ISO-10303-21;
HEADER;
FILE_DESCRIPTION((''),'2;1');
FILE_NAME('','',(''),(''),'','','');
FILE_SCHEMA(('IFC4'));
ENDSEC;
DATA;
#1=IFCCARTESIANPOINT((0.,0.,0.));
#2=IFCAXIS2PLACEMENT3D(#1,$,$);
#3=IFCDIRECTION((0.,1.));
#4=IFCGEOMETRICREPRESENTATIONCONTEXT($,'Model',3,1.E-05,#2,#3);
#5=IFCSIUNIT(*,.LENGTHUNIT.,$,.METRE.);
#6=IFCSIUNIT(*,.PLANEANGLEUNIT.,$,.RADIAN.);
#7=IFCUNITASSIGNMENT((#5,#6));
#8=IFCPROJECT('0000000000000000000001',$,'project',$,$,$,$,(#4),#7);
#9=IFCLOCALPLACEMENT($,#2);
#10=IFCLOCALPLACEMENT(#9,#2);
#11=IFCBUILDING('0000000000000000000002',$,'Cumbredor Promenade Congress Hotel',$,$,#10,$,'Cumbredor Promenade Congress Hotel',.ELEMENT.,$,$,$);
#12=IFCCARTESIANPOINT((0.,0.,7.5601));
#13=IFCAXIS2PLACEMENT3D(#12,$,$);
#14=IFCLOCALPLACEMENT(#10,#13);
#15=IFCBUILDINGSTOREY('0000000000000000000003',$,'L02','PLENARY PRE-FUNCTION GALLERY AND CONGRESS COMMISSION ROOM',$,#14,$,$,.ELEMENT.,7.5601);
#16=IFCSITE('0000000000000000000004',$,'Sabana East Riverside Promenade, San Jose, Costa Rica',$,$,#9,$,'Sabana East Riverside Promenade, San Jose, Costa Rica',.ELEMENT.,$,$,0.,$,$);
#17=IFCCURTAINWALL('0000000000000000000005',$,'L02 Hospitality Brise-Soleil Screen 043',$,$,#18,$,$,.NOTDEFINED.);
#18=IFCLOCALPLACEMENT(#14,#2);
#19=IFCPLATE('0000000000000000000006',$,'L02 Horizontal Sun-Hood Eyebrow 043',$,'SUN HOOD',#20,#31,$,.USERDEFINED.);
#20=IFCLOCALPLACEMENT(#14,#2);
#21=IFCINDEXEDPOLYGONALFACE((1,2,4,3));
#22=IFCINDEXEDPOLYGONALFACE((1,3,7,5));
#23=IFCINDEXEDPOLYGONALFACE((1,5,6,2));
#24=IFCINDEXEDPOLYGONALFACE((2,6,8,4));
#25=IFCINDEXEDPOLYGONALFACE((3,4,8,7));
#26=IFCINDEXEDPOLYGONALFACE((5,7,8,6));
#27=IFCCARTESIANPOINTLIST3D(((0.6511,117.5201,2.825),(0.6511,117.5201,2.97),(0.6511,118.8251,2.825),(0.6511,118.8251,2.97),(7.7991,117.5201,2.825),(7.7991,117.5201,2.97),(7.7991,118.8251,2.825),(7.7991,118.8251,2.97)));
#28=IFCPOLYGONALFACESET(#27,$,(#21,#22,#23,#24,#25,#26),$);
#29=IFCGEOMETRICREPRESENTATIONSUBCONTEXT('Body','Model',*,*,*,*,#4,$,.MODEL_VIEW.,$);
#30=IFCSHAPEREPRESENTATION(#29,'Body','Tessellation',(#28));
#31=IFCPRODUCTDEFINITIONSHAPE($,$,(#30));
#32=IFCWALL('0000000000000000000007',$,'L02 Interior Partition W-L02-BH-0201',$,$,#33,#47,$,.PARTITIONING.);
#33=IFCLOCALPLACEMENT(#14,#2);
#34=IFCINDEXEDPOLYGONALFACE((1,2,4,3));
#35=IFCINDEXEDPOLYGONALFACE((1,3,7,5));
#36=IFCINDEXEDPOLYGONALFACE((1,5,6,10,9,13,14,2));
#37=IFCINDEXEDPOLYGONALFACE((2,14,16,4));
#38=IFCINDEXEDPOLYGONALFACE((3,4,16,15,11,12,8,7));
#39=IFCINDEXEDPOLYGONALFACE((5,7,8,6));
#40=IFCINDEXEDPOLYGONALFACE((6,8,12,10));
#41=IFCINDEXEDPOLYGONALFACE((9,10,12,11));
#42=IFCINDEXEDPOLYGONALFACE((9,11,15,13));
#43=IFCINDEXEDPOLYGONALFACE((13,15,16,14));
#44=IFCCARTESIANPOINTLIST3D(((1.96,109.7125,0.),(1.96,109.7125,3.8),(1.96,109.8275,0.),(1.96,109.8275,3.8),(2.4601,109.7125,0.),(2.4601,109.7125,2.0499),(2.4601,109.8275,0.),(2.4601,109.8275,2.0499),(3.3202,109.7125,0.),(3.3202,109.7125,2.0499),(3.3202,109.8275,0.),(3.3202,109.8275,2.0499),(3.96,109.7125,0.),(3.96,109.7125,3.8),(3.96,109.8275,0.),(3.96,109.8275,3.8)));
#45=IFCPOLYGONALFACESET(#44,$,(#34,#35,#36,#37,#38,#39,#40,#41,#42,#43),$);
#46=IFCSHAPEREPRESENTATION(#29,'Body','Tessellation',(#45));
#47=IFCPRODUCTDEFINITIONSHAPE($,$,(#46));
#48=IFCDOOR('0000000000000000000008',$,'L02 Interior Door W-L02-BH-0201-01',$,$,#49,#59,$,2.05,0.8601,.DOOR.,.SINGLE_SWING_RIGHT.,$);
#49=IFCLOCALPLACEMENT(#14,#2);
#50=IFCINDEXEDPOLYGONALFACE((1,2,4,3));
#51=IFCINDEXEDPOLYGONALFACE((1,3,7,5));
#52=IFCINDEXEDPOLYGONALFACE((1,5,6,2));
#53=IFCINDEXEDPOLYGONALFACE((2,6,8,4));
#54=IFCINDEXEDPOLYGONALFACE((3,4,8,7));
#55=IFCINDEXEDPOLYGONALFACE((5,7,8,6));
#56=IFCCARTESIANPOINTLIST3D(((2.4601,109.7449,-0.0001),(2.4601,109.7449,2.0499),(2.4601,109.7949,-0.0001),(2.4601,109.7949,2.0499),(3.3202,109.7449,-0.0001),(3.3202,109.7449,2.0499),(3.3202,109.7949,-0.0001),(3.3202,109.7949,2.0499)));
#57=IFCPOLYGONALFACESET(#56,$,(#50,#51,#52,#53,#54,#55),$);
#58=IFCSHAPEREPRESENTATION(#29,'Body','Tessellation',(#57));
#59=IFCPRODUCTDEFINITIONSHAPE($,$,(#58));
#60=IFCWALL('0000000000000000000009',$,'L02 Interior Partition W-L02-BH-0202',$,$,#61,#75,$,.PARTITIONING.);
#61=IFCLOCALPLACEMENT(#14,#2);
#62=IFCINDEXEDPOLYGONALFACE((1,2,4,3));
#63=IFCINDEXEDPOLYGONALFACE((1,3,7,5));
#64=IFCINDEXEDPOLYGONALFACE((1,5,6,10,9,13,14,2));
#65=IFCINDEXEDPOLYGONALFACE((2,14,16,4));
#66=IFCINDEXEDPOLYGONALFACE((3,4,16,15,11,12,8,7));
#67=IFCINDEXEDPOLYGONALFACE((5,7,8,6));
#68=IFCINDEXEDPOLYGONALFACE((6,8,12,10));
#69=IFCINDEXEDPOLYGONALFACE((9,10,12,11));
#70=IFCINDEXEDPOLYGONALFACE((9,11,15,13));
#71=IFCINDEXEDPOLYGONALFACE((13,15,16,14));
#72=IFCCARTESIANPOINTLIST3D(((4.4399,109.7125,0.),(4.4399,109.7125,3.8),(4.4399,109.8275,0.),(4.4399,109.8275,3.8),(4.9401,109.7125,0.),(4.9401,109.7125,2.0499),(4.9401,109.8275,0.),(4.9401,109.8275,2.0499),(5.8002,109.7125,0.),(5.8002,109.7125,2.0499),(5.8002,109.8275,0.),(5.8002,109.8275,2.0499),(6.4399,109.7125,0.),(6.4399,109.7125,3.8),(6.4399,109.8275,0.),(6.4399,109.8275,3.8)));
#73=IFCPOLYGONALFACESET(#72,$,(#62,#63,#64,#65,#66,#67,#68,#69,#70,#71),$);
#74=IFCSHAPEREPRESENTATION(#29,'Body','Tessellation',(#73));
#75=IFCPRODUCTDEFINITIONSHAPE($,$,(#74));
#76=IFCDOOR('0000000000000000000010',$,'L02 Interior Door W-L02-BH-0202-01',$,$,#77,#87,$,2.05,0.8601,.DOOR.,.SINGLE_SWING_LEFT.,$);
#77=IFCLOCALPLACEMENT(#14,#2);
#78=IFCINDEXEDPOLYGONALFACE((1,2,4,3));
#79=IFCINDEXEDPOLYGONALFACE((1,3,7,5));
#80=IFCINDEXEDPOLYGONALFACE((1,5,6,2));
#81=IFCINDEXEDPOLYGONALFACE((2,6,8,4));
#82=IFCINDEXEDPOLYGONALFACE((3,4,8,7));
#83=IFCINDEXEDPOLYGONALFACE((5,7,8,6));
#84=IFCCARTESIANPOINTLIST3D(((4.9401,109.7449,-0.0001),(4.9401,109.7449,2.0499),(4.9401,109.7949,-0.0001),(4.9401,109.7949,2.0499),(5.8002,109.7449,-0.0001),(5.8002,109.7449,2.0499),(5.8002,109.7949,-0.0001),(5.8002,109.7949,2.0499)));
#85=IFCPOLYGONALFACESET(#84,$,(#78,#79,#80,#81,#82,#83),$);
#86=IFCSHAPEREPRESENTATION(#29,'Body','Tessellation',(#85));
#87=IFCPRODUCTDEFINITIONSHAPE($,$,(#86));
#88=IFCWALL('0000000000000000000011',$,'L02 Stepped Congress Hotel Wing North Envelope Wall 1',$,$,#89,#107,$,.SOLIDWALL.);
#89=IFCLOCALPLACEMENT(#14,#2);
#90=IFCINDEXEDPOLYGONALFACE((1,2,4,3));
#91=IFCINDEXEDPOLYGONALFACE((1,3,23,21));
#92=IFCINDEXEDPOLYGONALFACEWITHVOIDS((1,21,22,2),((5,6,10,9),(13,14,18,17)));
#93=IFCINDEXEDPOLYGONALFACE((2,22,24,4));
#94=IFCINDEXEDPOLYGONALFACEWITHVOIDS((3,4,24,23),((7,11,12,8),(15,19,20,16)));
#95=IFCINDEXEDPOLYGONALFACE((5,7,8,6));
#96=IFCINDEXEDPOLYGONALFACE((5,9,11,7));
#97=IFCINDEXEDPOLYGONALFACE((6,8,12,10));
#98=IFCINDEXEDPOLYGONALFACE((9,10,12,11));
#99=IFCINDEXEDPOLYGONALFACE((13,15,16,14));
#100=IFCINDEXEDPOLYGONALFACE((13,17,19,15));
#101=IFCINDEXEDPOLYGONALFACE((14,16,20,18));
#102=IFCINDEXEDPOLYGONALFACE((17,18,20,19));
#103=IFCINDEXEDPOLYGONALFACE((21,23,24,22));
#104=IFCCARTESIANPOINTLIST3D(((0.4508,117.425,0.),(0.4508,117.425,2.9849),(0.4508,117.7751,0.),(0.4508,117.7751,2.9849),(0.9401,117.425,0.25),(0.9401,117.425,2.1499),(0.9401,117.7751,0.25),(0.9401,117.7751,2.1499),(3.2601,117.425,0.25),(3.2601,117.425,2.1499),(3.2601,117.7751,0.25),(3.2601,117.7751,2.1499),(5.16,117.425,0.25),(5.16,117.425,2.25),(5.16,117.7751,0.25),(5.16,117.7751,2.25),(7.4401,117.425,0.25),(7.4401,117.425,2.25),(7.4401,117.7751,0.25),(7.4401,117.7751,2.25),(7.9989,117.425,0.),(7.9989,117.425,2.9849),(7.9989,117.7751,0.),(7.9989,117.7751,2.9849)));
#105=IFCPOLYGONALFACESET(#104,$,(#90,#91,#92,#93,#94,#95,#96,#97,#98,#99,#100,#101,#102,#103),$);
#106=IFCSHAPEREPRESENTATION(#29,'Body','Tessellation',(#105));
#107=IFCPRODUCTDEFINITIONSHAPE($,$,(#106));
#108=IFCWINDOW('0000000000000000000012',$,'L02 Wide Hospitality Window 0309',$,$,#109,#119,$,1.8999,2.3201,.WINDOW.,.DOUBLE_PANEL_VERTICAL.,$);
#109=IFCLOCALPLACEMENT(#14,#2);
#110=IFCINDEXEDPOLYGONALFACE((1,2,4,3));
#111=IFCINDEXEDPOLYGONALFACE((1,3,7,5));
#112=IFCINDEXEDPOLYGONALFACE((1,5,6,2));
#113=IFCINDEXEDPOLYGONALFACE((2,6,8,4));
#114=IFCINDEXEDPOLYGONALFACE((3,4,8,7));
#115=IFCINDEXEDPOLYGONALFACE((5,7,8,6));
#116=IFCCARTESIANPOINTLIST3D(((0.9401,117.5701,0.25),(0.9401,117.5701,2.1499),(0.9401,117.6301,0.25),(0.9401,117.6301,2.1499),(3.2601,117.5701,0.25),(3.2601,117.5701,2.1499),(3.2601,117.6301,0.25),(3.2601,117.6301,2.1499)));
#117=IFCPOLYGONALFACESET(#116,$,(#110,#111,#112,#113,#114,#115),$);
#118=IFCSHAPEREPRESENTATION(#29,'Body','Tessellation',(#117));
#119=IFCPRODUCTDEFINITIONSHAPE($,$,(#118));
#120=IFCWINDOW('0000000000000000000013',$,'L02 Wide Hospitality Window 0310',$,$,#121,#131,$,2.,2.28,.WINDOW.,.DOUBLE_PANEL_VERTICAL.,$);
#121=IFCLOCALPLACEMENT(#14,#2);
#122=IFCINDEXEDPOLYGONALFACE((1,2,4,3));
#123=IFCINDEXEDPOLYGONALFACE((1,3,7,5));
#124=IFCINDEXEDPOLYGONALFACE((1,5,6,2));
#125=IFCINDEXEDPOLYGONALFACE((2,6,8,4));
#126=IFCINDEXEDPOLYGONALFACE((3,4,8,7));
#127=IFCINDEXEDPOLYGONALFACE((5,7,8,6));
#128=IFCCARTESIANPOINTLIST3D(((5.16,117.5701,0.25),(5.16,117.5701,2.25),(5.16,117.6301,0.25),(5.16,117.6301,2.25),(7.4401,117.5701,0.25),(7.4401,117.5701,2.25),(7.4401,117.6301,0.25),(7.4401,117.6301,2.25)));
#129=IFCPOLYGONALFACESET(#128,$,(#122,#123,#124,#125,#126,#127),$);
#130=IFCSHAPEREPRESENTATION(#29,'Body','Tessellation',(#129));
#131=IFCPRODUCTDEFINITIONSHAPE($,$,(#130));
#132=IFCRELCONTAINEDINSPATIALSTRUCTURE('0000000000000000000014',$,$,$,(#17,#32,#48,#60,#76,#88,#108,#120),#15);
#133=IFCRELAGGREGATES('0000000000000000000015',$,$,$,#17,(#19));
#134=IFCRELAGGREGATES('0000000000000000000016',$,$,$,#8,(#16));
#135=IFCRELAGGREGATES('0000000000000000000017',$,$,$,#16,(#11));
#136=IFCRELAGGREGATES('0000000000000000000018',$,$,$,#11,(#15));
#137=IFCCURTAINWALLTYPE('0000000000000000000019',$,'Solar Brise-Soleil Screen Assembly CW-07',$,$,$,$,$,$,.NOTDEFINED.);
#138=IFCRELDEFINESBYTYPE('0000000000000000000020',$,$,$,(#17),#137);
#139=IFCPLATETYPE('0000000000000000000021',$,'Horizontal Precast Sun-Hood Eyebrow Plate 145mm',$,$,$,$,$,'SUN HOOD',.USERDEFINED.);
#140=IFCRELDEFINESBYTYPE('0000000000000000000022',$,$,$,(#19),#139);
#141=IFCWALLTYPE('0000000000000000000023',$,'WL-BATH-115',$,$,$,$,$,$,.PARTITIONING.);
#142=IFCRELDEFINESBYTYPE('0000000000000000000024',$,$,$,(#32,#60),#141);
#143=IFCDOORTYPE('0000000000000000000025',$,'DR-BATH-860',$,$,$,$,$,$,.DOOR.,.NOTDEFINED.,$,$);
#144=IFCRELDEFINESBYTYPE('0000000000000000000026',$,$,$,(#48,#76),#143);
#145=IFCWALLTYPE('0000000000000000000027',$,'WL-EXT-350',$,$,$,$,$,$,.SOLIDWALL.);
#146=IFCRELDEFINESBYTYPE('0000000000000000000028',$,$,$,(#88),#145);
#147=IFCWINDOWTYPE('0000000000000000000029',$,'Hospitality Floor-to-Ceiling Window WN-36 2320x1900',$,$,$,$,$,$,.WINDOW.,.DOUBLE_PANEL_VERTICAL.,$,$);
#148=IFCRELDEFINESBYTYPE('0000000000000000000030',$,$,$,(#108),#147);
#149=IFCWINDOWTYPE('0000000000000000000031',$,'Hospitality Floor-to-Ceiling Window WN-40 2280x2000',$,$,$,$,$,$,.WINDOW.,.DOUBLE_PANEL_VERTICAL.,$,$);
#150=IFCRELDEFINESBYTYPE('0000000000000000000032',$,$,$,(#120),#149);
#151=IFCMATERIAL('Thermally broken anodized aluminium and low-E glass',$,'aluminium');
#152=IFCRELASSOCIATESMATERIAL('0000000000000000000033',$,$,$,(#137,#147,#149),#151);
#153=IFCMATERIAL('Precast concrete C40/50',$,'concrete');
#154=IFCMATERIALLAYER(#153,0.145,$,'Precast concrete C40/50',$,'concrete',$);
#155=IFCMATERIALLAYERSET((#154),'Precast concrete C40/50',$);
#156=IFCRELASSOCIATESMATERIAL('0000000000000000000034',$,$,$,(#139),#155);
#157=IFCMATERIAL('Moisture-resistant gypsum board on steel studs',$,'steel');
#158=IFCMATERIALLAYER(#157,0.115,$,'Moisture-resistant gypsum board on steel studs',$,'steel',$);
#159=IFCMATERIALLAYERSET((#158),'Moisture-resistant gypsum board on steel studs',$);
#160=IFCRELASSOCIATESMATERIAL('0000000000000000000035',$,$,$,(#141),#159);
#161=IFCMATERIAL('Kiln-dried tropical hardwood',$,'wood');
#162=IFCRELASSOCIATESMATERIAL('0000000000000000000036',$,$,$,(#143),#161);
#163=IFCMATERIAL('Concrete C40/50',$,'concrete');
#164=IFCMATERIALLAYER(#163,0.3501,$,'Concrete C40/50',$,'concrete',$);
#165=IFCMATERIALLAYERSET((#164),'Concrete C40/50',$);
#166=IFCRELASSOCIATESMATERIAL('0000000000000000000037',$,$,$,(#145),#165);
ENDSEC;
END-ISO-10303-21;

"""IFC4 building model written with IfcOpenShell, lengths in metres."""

from ifc_helpers import new_model, si_unit, direction, frame, frame_2d, origin, origin_2d, place, context, subcontext, project, spatial, rectangle, extrude, material, layer, layer_set, type_object, element, fill, aggregate, save


model = new_model("IFC4")

# Units and contexts
model_context = context("Model", 3, precision=1e-05, world=origin(), true_north=direction((0.0, 1.0)))
body_context = subcontext(model_context, "Body", "Model", "MODEL_VIEW")
ifc_project = project(units=[si_unit("LENGTHUNIT", "METRE"), si_unit("PLANEANGLEUNIT", "RADIAN")], contexts=[model_context])

# Site, building, storey
site_placement = place(None, origin())
site = spatial("IfcSite", under=ifc_project, at=site_placement, Name="Sabana East Riverside Promenade, San Jose, Costa Rica", LongName="Sabana East Riverside Promenade, San Jose, Costa Rica", CompositionType="ELEMENT", RefElevation=0.0)
building_placement = place(site_placement, origin())
building = spatial("IfcBuilding", under=site, at=building_placement, Name="Cumbredor Promenade Congress Hotel", LongName="Cumbredor Promenade Congress Hotel", CompositionType="ELEMENT")
storey_placement = place(building_placement, frame((0.0, 0.0, 7.5601)))
storey = spatial("IfcBuildingStorey", under=building, at=storey_placement, Name="L02", Description="PLENARY PRE-FUNCTION GALLERY AND CONGRESS COMMISSION ROOM", CompositionType="ELEMENT", Elevation=7.5601)

# Shared definitions
ifc_material_1 = material(Name="Concrete C40/50", Category="concrete")

# Curtain wall
ifc_material_2 = material(Name="Thermally broken anodized aluminium and low-E glass", Category="aluminium")
curtain_wall_type = type_object("IfcCurtainWallType", Name="Solar Brise-Soleil Screen Assembly CW-07", PredefinedType="NOTDEFINED", material=ifc_material_2)
curtain_wall_1_placement = place(storey_placement, origin())
curtain_wall_1 = element("IfcCurtainWall", 1, at=curtain_wall_1_placement, inside=storey, type_object=curtain_wall_type, Name="L02 Hospitality Brise-Soleil Screen 043", PredefinedType="NOTDEFINED")

# Shared definitions
ifc_material_3 = material(Name="Kiln-dried tropical hardwood", Category="wood")

# Plate
ifc_material_4 = material(Name="Precast concrete C40/50", Category="concrete")
ifc_layer_1 = layer(ifc_material_4, 0.145, Name="Precast concrete C40/50", Category="concrete")
ifc_layer_set_1 = layer_set([ifc_layer_1], Name="Precast concrete C40/50")
plate_type = type_object("IfcPlateType", Name="Horizontal Precast Sun-Hood Eyebrow Plate 145mm", ElementType="SUN HOOD", PredefinedType="USERDEFINED", material=ifc_layer_set_1)
plate_placement = place(storey_placement, frame((4.2251, 118.1726, 2.825), z_axis=(0.0, 0.0, 1.0), x_axis=(1.0, 0.0, 0.0)))
plate = element("IfcPlate", 2, at=plate_placement, type_object=plate_type, Name="L02 Horizontal Sun-Hood Eyebrow 043", ObjectType="SUN HOOD", PredefinedType="USERDEFINED", context=body_context, shape_type="SweptSolid", body=[
    extrude(rectangle(XDim=7.1479, YDim=1.3049, at=origin_2d()), origin(), (0.0, 0.0, 1.0), 0.145),
])
aggregate(curtain_wall_1, [plate])

# Walls, openings, doors
ifc_material_5 = material(Name="Moisture-resistant gypsum board on steel studs", Category="steel")
ifc_layer_2 = layer(ifc_material_5, 0.115, Name="Moisture-resistant gypsum board on steel studs", Category="steel")
ifc_layer_set_2 = layer_set([ifc_layer_2], Name="Moisture-resistant gypsum board on steel studs")
wall_type_1 = type_object("IfcWallType", Name="WL-BATH-115", PredefinedType="PARTITIONING", material=ifc_layer_set_2)
wall_1_placement = place(storey_placement, frame((1.96, 109.77, 0.0), z_axis=(0.0, 0.0, 1.0), x_axis=(1.0, 0.0, 0.0)))
wall_1 = element("IfcWall", 3, at=wall_1_placement, inside=storey, type_object=wall_type_1, Name="L02 Interior Partition W-L02-BH-0201", PredefinedType="PARTITIONING", context=body_context, shape_type="SweptSolid", body=[
    extrude(rectangle(XDim=2.0, YDim=0.115, at=frame_2d((1.0, 0.0))), origin(), (0.0, 0.0, 1.0), 3.8),
])
opening_1_placement = place(wall_1_placement, frame((0.5, 0.0, 0.0)))
opening_1 = element("IfcOpeningElement", 4, at=opening_1_placement, cuts=wall_1, PredefinedType="OPENING", context=body_context, shape_type="SweptSolid", body=[
    extrude(rectangle(XDim=0.8601, YDim=2.05, at=frame_2d((0.4302, 1.0249))), frame((0.0, 0.0674, 0.0), z_axis=(0.0, -1.0, 0.0), x_axis=(1.0, 0.0, 0.0)), (0.0, 0.0, 1.0), 0.135),
])
door_type = type_object("IfcDoorType", Name="DR-BATH-860", OperationType="NOTDEFINED", PredefinedType="DOOR", material=ifc_material_3)
door_1_placement = place(opening_1_placement, origin())
door_1 = element("IfcDoor", 5, at=door_1_placement, inside=storey, type_object=door_type, Name="L02 Interior Door W-L02-BH-0201-01", OperationType="SINGLE_SWING_RIGHT", OverallHeight=2.05, OverallWidth=0.8601, PredefinedType="DOOR", context=body_context, shape_type="SweptSolid", body=[
    extrude(rectangle(XDim=0.8601, YDim=2.05, at=frame_2d((0.4302, 1.0249))), frame((0.0, 0.0249, 0.0), z_axis=(0.0, -1.0, 0.0), x_axis=(1.0, 0.0, 0.0)), (0.0, 0.0, 1.0), 0.05),
])
fill(opening_1, door_1)
wall_2_placement = place(storey_placement, frame((4.4399, 109.77, 0.0), z_axis=(0.0, 0.0, 1.0), x_axis=(1.0, 0.0, 0.0)))
wall_2 = element("IfcWall", 6, at=wall_2_placement, inside=storey, type_object=wall_type_1, Name="L02 Interior Partition W-L02-BH-0202", PredefinedType="PARTITIONING", context=body_context, shape_type="SweptSolid", body=[
    extrude(rectangle(XDim=2.0, YDim=0.115, at=frame_2d((1.0, 0.0))), origin(), (0.0, 0.0, 1.0), 3.8),
])
opening_2_placement = place(wall_2_placement, frame((0.5, 0.0, 0.0)))
opening_2 = element("IfcOpeningElement", 7, at=opening_2_placement, cuts=wall_2, PredefinedType="OPENING", context=body_context, shape_type="SweptSolid", body=[
    extrude(rectangle(XDim=0.8601, YDim=2.05, at=frame_2d((0.4302, 1.0249))), frame((0.0, 0.0674, 0.0), z_axis=(0.0, -1.0, 0.0), x_axis=(1.0, 0.0, 0.0)), (0.0, 0.0, 1.0), 0.135),
])
door_2_placement = place(opening_2_placement, origin())
door_2 = element("IfcDoor", 8, at=door_2_placement, inside=storey, type_object=door_type, Name="L02 Interior Door W-L02-BH-0202-01", OperationType="SINGLE_SWING_LEFT", OverallHeight=2.05, OverallWidth=0.8601, PredefinedType="DOOR", context=body_context, shape_type="SweptSolid", body=[
    extrude(rectangle(XDim=0.8601, YDim=2.05, at=frame_2d((0.4302, 1.0249))), frame((0.0, 0.0249, 0.0), z_axis=(0.0, -1.0, 0.0), x_axis=(1.0, 0.0, 0.0)), (0.0, 0.0, 1.0), 0.05),
])
fill(opening_2, door_2)

# Wall, openings, windows
ifc_layer_3 = layer(ifc_material_1, 0.3501, Name="Concrete C40/50", Category="concrete")
ifc_layer_set_3 = layer_set([ifc_layer_3], Name="Concrete C40/50")
wall_type_2 = type_object("IfcWallType", Name="WL-EXT-350", PredefinedType="SOLIDWALL", material=ifc_layer_set_3)
wall_3_placement = place(storey_placement, frame((0.4509, 117.6001, 0.0), z_axis=(0.0, 0.0, 1.0), x_axis=(1.0, 0.0, 0.0)))
wall_3 = element("IfcWall", 9, at=wall_3_placement, inside=storey, type_object=wall_type_2, Name="L02 Stepped Congress Hotel Wing North Envelope Wall 1", PredefinedType="SOLIDWALL", context=body_context, shape_type="SweptSolid", body=[
    extrude(rectangle(XDim=7.5481, YDim=0.3501, at=frame_2d((3.7739, 0.0))), origin(), (0.0, 0.0, 1.0), 2.9849),
])
opening_3_placement = place(wall_3_placement, frame((0.489, 0.0, 0.25)))
opening_3 = element("IfcOpeningElement", 10, at=opening_3_placement, cuts=wall_3, PredefinedType="OPENING", context=body_context, shape_type="SweptSolid", body=[
    extrude(rectangle(XDim=2.3201, YDim=1.8999, at=frame_2d((1.1602, 0.95))), frame((0.0, 0.1851, 0.0), z_axis=(0.0, -1.0, 0.0), x_axis=(1.0, 0.0, 0.0)), (0.0, 0.0, 1.0), 0.3701),
])
opening_4_placement = place(wall_3_placement, frame((4.709, 0.0, 0.25)))
opening_4 = element("IfcOpeningElement", 11, at=opening_4_placement, cuts=wall_3, PredefinedType="OPENING", context=body_context, shape_type="SweptSolid", body=[
    extrude(rectangle(XDim=2.28, YDim=2.0, at=frame_2d((1.1401, 1.0))), frame((0.0, 0.1851, 0.0), z_axis=(0.0, -1.0, 0.0), x_axis=(1.0, 0.0, 0.0)), (0.0, 0.0, 1.0), 0.3701),
])
window_type_1 = type_object("IfcWindowType", Name="Hospitality Floor-to-Ceiling Window WN-36 2320x1900", PartitioningType="DOUBLE_PANEL_VERTICAL", PredefinedType="WINDOW", material=ifc_material_2)
window_1_placement = place(opening_3_placement, origin())
window_1 = element("IfcWindow", 12, at=window_1_placement, inside=storey, type_object=window_type_1, Name="L02 Wide Hospitality Window 0309", OverallHeight=1.8999, OverallWidth=2.3201, PartitioningType="DOUBLE_PANEL_VERTICAL", PredefinedType="WINDOW", context=body_context, shape_type="SweptSolid", body=[
    extrude(rectangle(XDim=2.3201, YDim=1.8999, at=frame_2d((1.1602, 0.95))), frame((0.0, 0.03, 0.0), z_axis=(0.0, -1.0, 0.0), x_axis=(1.0, 0.0, 0.0)), (0.0, 0.0, 1.0), 0.0601),
])
fill(opening_3, window_1)
window_type_2 = type_object("IfcWindowType", Name="Hospitality Floor-to-Ceiling Window WN-40 2280x2000", PartitioningType="DOUBLE_PANEL_VERTICAL", PredefinedType="WINDOW", material=ifc_material_2)
window_2_placement = place(opening_4_placement, origin())
window_2 = element("IfcWindow", 13, at=window_2_placement, inside=storey, type_object=window_type_2, Name="L02 Wide Hospitality Window 0310", OverallHeight=2.0, OverallWidth=2.28, PartitioningType="DOUBLE_PANEL_VERTICAL", PredefinedType="WINDOW", context=body_context, shape_type="SweptSolid", body=[
    extrude(rectangle(XDim=2.28, YDim=2.0, at=frame_2d((1.1401, 1.0))), frame((0.0, 0.03, 0.0), z_axis=(0.0, -1.0, 0.0), x_axis=(1.0, 0.0, 0.0)), (0.0, 0.0, 1.0), 0.0601),
])
fill(opening_4, window_2)

save(model, "model.ifc")
